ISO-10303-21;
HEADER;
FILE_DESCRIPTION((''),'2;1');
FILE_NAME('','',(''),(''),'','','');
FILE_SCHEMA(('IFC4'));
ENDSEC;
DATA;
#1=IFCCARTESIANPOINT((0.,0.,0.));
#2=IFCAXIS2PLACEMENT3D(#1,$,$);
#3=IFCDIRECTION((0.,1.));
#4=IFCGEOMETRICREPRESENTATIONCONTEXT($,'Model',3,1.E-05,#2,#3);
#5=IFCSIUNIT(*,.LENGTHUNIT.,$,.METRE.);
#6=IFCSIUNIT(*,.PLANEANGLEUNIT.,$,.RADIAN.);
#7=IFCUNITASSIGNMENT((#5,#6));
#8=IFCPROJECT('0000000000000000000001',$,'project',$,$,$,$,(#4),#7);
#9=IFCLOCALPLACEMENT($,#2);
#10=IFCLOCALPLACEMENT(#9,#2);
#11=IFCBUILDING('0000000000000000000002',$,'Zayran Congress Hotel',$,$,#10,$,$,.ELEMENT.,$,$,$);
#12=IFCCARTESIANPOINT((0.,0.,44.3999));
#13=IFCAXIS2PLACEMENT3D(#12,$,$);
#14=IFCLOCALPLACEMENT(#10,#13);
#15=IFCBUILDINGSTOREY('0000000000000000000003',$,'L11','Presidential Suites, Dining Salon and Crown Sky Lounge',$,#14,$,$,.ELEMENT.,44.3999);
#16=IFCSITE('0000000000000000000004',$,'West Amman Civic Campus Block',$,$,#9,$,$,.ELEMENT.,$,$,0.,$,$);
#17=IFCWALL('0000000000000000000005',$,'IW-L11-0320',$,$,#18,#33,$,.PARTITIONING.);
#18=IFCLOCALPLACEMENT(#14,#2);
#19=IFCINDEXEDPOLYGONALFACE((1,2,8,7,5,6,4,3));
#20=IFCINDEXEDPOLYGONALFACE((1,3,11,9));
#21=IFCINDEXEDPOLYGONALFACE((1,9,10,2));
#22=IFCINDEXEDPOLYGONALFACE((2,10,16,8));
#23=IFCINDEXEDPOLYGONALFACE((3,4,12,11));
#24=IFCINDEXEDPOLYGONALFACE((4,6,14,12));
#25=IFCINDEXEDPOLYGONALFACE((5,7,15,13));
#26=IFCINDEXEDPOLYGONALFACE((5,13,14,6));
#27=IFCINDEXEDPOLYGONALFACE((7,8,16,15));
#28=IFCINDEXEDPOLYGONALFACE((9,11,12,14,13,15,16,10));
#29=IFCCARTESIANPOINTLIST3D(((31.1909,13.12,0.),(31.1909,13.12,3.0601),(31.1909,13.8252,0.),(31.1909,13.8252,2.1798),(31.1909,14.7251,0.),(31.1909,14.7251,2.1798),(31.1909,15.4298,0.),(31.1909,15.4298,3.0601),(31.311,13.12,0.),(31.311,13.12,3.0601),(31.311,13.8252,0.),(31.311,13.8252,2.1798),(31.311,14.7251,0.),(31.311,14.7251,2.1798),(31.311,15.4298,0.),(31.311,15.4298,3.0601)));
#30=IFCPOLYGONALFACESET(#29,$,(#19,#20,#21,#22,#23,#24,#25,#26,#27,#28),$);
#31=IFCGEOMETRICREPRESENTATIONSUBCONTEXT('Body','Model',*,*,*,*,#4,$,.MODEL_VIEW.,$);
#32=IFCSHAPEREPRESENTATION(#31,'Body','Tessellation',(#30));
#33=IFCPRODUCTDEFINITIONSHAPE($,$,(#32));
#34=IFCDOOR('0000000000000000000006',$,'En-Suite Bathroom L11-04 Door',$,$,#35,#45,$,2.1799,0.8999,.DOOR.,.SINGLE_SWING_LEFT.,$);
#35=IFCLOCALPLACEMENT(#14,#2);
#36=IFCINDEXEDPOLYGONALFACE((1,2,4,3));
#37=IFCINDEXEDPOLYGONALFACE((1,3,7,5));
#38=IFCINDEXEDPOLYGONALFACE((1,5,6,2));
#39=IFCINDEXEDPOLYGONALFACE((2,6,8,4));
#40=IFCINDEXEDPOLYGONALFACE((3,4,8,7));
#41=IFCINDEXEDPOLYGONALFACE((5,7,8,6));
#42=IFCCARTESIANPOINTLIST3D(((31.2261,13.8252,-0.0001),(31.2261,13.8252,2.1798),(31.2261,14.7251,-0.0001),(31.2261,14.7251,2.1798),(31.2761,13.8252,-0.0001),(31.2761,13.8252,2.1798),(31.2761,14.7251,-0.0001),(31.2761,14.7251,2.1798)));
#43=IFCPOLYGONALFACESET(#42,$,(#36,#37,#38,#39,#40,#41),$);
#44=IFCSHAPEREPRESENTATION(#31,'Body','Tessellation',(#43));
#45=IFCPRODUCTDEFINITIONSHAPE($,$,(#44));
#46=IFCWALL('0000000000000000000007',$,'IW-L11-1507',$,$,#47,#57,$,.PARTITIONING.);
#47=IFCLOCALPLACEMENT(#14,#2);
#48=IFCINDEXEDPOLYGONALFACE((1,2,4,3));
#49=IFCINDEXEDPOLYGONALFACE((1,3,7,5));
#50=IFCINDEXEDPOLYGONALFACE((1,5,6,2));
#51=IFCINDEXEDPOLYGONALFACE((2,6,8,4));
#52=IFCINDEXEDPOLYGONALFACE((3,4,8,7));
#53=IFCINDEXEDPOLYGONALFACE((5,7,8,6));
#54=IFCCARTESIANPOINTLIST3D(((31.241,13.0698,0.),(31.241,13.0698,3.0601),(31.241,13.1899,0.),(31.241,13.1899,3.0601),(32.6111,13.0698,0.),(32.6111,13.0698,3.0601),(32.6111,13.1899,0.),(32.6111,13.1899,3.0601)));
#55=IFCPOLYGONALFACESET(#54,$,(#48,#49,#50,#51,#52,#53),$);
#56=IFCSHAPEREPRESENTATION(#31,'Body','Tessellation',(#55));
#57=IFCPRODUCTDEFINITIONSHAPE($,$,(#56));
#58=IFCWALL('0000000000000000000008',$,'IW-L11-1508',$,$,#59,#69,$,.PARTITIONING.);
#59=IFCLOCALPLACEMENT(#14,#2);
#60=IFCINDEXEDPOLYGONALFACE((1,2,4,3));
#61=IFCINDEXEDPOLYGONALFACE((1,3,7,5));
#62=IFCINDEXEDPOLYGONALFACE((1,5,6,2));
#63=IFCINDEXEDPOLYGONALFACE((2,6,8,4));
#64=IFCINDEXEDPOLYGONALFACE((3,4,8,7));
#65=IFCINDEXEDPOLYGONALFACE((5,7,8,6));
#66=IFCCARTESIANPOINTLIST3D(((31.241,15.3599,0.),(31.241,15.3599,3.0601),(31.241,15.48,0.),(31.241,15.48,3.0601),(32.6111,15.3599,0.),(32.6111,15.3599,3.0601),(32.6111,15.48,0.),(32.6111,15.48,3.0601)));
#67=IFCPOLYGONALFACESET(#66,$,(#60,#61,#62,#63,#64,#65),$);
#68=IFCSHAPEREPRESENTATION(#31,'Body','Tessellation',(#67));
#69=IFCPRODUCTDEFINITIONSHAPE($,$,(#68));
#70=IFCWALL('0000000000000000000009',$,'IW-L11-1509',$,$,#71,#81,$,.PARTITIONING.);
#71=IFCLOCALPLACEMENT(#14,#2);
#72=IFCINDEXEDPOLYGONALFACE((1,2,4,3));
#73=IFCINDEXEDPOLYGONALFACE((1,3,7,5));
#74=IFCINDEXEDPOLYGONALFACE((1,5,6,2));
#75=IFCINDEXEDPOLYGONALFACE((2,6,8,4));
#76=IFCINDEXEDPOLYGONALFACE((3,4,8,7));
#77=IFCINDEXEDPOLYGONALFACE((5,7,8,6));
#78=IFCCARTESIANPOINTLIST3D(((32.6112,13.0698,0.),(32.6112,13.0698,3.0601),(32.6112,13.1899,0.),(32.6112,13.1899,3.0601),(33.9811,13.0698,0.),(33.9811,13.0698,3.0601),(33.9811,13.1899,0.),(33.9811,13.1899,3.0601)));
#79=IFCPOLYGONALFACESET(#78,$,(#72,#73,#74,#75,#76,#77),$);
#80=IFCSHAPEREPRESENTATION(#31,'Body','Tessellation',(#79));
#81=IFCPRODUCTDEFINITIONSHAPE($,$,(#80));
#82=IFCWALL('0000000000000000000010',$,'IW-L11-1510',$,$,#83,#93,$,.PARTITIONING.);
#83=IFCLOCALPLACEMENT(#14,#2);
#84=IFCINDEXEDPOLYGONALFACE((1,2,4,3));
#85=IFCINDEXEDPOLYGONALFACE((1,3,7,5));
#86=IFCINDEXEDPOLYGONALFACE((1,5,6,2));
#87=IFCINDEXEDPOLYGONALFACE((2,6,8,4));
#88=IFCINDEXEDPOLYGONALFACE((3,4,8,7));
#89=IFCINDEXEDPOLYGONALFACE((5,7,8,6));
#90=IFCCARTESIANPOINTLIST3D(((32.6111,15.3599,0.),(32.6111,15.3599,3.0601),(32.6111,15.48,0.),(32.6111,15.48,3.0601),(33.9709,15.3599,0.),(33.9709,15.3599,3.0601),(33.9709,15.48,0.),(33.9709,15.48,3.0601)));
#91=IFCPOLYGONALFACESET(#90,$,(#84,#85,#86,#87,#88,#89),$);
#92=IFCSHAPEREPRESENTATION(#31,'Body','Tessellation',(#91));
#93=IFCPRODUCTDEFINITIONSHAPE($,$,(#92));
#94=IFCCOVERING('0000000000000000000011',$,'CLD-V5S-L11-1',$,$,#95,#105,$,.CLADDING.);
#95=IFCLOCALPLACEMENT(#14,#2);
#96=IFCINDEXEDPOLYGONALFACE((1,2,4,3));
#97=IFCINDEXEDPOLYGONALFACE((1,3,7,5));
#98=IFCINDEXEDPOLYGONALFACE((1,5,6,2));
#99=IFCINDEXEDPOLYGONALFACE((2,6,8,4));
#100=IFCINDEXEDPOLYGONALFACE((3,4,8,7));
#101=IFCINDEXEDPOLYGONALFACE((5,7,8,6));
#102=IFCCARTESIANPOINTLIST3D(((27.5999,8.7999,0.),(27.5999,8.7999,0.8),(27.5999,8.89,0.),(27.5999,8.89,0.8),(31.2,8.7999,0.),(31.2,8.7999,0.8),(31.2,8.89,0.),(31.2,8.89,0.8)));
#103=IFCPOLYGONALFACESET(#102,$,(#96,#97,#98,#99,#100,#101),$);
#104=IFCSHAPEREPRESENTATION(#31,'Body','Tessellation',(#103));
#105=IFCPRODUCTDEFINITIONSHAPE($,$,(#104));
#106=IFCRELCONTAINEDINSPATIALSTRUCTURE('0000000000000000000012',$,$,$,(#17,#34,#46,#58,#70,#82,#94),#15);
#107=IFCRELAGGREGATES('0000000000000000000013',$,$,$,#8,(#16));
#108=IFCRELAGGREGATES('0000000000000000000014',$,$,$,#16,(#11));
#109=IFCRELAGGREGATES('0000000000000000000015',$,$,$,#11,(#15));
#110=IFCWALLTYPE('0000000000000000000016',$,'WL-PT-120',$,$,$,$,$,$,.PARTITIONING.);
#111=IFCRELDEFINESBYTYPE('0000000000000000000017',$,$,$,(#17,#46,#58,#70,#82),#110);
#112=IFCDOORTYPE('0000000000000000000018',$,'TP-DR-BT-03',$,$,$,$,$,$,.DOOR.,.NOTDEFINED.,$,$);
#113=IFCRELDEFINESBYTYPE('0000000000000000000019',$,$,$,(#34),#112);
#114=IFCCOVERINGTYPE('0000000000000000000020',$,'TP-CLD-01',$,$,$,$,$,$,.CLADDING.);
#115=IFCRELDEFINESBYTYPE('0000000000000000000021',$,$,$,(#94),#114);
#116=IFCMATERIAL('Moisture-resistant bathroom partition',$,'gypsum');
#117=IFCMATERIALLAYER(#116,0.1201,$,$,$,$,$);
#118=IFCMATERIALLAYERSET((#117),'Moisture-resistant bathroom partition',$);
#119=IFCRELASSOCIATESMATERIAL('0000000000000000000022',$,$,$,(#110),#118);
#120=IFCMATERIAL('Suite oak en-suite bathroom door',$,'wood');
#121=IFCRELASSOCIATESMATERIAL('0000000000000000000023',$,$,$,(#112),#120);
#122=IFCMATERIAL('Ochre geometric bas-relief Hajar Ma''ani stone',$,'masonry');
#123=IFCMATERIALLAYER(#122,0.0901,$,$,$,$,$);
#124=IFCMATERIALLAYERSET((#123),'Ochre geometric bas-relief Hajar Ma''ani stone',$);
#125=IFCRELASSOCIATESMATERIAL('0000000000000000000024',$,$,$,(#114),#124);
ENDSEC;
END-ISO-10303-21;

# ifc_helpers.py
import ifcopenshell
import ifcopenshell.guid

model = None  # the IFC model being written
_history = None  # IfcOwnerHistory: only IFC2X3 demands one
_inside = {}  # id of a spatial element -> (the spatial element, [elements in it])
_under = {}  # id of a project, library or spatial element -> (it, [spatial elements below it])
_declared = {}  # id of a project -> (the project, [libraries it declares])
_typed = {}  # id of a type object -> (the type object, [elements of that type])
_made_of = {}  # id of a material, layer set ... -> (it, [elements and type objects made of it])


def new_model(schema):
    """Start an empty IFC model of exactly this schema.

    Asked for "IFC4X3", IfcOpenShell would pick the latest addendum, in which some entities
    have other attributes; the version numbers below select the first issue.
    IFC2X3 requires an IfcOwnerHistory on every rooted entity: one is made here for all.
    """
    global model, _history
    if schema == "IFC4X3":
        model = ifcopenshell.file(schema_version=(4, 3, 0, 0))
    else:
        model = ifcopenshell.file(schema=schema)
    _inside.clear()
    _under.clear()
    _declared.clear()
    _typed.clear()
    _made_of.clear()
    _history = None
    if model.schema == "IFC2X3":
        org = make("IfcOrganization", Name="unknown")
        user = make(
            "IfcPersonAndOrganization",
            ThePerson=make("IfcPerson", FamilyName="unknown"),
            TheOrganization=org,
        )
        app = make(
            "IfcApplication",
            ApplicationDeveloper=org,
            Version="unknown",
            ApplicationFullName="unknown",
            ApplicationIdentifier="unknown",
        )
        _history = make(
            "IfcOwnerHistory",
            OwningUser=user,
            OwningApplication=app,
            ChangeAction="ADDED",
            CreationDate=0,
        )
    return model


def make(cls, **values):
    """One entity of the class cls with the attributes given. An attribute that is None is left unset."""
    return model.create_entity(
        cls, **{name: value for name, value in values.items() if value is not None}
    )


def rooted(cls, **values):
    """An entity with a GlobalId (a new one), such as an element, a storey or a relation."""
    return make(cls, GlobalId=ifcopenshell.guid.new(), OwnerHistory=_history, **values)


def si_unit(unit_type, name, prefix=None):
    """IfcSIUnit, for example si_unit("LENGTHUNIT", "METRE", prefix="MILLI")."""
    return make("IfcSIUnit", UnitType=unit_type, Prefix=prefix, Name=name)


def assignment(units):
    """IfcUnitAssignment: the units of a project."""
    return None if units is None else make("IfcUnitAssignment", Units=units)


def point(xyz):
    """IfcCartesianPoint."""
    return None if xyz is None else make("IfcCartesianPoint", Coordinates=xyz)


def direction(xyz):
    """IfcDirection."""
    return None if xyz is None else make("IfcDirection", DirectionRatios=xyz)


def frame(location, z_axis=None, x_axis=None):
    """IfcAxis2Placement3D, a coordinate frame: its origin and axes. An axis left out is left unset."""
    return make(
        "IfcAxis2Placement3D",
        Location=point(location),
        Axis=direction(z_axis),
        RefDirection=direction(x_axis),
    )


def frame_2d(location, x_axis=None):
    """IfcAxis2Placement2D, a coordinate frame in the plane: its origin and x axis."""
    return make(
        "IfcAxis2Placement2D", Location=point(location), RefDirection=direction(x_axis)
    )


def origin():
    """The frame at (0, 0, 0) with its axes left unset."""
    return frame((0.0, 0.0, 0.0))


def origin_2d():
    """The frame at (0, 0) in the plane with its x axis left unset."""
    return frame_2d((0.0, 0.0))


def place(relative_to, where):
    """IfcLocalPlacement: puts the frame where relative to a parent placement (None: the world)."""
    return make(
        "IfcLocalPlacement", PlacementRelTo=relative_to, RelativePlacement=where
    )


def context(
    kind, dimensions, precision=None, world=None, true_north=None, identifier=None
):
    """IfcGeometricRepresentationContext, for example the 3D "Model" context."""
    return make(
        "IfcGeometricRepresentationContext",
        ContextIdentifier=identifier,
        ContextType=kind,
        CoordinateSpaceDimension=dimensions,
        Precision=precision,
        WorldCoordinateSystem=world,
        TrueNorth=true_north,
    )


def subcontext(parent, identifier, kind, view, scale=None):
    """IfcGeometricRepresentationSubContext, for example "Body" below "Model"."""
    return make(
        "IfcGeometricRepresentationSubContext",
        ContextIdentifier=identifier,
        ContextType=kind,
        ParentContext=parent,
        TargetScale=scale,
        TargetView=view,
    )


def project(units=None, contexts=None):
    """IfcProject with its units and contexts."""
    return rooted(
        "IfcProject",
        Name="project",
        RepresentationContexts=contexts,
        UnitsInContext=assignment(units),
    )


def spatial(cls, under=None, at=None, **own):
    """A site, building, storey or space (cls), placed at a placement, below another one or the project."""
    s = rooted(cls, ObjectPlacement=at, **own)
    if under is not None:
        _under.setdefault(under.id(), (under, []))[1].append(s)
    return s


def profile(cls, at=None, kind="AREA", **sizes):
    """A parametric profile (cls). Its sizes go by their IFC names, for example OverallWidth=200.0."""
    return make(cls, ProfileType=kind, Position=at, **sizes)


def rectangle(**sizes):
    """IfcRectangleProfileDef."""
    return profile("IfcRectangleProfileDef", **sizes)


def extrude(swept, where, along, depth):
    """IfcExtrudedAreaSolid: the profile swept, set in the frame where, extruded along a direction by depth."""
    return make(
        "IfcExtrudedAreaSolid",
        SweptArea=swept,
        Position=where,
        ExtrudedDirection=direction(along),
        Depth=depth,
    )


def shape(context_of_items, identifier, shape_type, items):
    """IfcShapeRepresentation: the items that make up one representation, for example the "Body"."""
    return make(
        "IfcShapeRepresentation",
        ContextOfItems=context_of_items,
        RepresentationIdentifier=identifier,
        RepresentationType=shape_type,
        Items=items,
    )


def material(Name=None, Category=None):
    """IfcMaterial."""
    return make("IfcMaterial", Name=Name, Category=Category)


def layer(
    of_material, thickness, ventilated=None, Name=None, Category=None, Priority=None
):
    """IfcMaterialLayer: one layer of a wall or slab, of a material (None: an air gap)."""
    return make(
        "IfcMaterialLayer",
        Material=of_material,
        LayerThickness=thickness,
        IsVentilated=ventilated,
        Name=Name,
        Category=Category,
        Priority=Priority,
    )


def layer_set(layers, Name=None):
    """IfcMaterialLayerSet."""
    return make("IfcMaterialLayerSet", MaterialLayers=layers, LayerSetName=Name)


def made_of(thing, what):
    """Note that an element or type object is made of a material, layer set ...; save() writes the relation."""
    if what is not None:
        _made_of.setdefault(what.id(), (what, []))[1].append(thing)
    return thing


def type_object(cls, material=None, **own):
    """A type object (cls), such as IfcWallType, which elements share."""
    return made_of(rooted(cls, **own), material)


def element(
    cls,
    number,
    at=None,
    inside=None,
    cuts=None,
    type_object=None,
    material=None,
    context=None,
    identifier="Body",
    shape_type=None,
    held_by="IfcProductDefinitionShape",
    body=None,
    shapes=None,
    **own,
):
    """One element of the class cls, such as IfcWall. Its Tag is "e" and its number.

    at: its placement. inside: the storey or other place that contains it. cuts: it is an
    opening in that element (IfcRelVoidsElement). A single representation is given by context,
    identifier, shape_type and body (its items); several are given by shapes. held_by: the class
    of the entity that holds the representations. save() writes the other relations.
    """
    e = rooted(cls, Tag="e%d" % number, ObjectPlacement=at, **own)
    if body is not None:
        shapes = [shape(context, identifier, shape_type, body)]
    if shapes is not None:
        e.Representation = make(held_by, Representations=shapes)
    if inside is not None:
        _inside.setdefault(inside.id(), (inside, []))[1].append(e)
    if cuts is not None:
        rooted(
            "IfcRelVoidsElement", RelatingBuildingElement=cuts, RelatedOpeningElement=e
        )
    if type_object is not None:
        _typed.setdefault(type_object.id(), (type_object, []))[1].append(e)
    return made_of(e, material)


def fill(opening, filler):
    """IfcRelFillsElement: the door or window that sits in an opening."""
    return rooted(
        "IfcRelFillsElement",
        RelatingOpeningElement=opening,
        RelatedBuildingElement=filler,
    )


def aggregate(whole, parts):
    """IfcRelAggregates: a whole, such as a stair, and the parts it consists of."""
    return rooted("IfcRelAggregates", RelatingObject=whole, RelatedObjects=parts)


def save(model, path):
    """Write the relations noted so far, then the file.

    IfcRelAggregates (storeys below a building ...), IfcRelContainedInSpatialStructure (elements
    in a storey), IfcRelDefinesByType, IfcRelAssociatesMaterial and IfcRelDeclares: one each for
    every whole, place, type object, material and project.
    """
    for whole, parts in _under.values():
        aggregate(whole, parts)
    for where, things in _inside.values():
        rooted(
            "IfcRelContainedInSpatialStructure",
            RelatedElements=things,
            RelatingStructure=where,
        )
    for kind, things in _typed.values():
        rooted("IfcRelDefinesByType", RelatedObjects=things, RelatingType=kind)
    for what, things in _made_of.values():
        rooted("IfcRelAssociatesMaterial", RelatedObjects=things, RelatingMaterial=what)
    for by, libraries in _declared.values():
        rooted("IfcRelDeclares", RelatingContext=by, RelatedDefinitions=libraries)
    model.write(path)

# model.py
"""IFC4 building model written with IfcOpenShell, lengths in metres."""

from ifc_helpers import new_model, si_unit, direction, frame, frame_2d, origin, origin_2d, place, context, subcontext, project, spatial, rectangle, extrude, material, layer, layer_set, type_object, element, fill, save


model = new_model("IFC4")

# Units and contexts
model_context = context("Model", 3, precision=1e-05, world=origin(), true_north=direction((0.0, 1.0)))
body_context = subcontext(model_context, "Body", "Model", "MODEL_VIEW")
ifc_project = project(units=[si_unit("LENGTHUNIT", "METRE"), si_unit("PLANEANGLEUNIT", "RADIAN")], contexts=[model_context])

# Site, building, storey
site_placement = place(None, origin())
site = spatial("IfcSite", under=ifc_project, at=site_placement, Name="West Amman Civic Campus Block", CompositionType="ELEMENT", RefElevation=0.0)
building_placement = place(site_placement, origin())
building = spatial("IfcBuilding", under=site, at=building_placement, Name="Zayran Congress Hotel", CompositionType="ELEMENT")
storey_placement = place(building_placement, frame((0.0, 0.0, 44.3999)))
storey = spatial("IfcBuildingStorey", under=building, at=storey_placement, Name="L11", Description="Presidential Suites, Dining Salon and Crown Sky Lounge", CompositionType="ELEMENT", Elevation=44.3999)

# Wall, opening, door
ifc_material_1 = material(Name="Moisture-resistant bathroom partition", Category="gypsum")
ifc_layer_1 = layer(ifc_material_1, 0.1201)
ifc_layer_set_1 = layer_set([ifc_layer_1], Name="Moisture-resistant bathroom partition")
wall_type_1 = type_object("IfcWallType", Name="WL-PT-120", PredefinedType="PARTITIONING", material=ifc_layer_set_1)
ifc_material_2 = material(Name="Suite oak en-suite bathroom door", Category="wood")
door_type_1 = type_object("IfcDoorType", Name="TP-DR-BT-03", OperationType="NOTDEFINED", PredefinedType="DOOR", material=ifc_material_2)
wall_1_placement = place(storey_placement, frame((31.251, 13.1201, 0.0), z_axis=(0.0, 0.0, 1.0), x_axis=(0.0, 1.0, 0.0)))
wall_1 = element("IfcWall", 1, at=wall_1_placement, inside=storey, type_object=wall_type_1, Name="IW-L11-0320", PredefinedType="PARTITIONING", context=body_context, shape_type="SweptSolid", body=[
    extrude(rectangle(XDim=2.3098, YDim=0.1201, at=frame_2d((1.1548, 0.0))), origin(), (0.0, 0.0, 1.0), 3.0601),
])
opening_1_placement = place(wall_1_placement, frame((0.7051, 0.0, 0.0)))
opening_1 = element("IfcOpeningElement", 2, at=opening_1_placement, cuts=wall_1, PredefinedType="OPENING", context=body_context, shape_type="SweptSolid", body=[
    extrude(rectangle(XDim=0.8999, YDim=2.1799, at=frame_2d((0.45, 1.0898))), frame((0.0, 0.0701, 0.0), z_axis=(0.0, -1.0, 0.0), x_axis=(1.0, 0.0, 0.0)), (0.0, 0.0, 1.0), 0.1401),
])
door_1_placement = place(opening_1_placement, origin())
door_1 = element("IfcDoor", 3, at=door_1_placement, inside=storey, type_object=door_type_1, Name="En-Suite Bathroom L11-04 Door", OperationType="SINGLE_SWING_LEFT", OverallHeight=2.1799, OverallWidth=0.8999, PredefinedType="DOOR", context=body_context, shape_type="SweptSolid", body=[
    extrude(rectangle(XDim=0.8999, YDim=2.1799, at=frame_2d((0.45, 1.0898))), frame((0.0, 0.0249, 0.0), z_axis=(0.0, -1.0, 0.0), x_axis=(1.0, 0.0, 0.0)), (0.0, 0.0, 1.0), 0.05),
])
fill(opening_1, door_1)

# Walls
for number, where, z_axis, x_axis, name in (
    (4, (31.241, 13.1299, 0.0), (0.0, 0.0, 1.0), (1.0, 0.0, 0.0), "IW-L11-1507"),
    (5, (31.241, 15.4199, 0.0), (0.0, 0.0, 1.0), (1.0, 0.0, 0.0), "IW-L11-1508"),
):
    element("IfcWall", number, at=place(storey_placement, frame(where, z_axis=z_axis, x_axis=x_axis)), inside=storey, type_object=wall_type_1, Name=name, PredefinedType="PARTITIONING", context=body_context, shape_type="SweptSolid", body=[
        extrude(rectangle(XDim=1.3701, YDim=0.1201, at=frame_2d((0.6851, 0.0))), origin(), (0.0, 0.0, 1.0), 3.0601),
    ])
wall_2_placement = place(storey_placement, frame((32.6111, 13.1299, 0.0), z_axis=(0.0, 0.0, 1.0), x_axis=(1.0, 0.0, 0.0)))
element("IfcWall", 6, at=wall_2_placement, inside=storey, type_object=wall_type_1, Name="IW-L11-1509", PredefinedType="PARTITIONING", context=body_context, shape_type="SweptSolid", body=[
    extrude(rectangle(XDim=1.3699, YDim=0.1201, at=frame_2d((0.6851, 0.0))), origin(), (0.0, 0.0, 1.0), 3.0601),
])
wall_3_placement = place(storey_placement, frame((32.6111, 15.4199, 0.0), z_axis=(0.0, 0.0, 1.0), x_axis=(1.0, 0.0, 0.0)))
element("IfcWall", 7, at=wall_3_placement, inside=storey, type_object=wall_type_1, Name="IW-L11-1510", PredefinedType="PARTITIONING", context=body_context, shape_type="SweptSolid", body=[
    extrude(rectangle(XDim=1.3599, YDim=0.1201, at=frame_2d((0.6799, 0.0))), origin(), (0.0, 0.0, 1.0), 3.0601),
])

# Covering
ifc_material_3 = material(Name="Ochre geometric bas-relief Hajar Ma'ani stone", Category="masonry")
ifc_layer_2 = layer(ifc_material_3, 0.0901)
ifc_layer_set_2 = layer_set([ifc_layer_2], Name="Ochre geometric bas-relief Hajar Ma'ani stone")
covering_type = type_object("IfcCoveringType", Name="TP-CLD-01", PredefinedType="CLADDING", material=ifc_layer_set_2)
covering_placement = place(storey_placement, frame((29.3999, 8.845, 0.0), z_axis=(0.0, 0.0, 1.0), x_axis=(1.0, 0.0, 0.0)))
element("IfcCovering", 8, at=covering_placement, inside=storey, type_object=covering_type, Name="CLD-V5S-L11-1", PredefinedType="CLADDING", context=body_context, shape_type="SweptSolid", body=[
    extrude(rectangle(XDim=3.6001, YDim=0.0901, at=origin_2d()), origin(), (0.0, 0.0, 1.0), 0.8),
])

save(model, "model.ifc")
